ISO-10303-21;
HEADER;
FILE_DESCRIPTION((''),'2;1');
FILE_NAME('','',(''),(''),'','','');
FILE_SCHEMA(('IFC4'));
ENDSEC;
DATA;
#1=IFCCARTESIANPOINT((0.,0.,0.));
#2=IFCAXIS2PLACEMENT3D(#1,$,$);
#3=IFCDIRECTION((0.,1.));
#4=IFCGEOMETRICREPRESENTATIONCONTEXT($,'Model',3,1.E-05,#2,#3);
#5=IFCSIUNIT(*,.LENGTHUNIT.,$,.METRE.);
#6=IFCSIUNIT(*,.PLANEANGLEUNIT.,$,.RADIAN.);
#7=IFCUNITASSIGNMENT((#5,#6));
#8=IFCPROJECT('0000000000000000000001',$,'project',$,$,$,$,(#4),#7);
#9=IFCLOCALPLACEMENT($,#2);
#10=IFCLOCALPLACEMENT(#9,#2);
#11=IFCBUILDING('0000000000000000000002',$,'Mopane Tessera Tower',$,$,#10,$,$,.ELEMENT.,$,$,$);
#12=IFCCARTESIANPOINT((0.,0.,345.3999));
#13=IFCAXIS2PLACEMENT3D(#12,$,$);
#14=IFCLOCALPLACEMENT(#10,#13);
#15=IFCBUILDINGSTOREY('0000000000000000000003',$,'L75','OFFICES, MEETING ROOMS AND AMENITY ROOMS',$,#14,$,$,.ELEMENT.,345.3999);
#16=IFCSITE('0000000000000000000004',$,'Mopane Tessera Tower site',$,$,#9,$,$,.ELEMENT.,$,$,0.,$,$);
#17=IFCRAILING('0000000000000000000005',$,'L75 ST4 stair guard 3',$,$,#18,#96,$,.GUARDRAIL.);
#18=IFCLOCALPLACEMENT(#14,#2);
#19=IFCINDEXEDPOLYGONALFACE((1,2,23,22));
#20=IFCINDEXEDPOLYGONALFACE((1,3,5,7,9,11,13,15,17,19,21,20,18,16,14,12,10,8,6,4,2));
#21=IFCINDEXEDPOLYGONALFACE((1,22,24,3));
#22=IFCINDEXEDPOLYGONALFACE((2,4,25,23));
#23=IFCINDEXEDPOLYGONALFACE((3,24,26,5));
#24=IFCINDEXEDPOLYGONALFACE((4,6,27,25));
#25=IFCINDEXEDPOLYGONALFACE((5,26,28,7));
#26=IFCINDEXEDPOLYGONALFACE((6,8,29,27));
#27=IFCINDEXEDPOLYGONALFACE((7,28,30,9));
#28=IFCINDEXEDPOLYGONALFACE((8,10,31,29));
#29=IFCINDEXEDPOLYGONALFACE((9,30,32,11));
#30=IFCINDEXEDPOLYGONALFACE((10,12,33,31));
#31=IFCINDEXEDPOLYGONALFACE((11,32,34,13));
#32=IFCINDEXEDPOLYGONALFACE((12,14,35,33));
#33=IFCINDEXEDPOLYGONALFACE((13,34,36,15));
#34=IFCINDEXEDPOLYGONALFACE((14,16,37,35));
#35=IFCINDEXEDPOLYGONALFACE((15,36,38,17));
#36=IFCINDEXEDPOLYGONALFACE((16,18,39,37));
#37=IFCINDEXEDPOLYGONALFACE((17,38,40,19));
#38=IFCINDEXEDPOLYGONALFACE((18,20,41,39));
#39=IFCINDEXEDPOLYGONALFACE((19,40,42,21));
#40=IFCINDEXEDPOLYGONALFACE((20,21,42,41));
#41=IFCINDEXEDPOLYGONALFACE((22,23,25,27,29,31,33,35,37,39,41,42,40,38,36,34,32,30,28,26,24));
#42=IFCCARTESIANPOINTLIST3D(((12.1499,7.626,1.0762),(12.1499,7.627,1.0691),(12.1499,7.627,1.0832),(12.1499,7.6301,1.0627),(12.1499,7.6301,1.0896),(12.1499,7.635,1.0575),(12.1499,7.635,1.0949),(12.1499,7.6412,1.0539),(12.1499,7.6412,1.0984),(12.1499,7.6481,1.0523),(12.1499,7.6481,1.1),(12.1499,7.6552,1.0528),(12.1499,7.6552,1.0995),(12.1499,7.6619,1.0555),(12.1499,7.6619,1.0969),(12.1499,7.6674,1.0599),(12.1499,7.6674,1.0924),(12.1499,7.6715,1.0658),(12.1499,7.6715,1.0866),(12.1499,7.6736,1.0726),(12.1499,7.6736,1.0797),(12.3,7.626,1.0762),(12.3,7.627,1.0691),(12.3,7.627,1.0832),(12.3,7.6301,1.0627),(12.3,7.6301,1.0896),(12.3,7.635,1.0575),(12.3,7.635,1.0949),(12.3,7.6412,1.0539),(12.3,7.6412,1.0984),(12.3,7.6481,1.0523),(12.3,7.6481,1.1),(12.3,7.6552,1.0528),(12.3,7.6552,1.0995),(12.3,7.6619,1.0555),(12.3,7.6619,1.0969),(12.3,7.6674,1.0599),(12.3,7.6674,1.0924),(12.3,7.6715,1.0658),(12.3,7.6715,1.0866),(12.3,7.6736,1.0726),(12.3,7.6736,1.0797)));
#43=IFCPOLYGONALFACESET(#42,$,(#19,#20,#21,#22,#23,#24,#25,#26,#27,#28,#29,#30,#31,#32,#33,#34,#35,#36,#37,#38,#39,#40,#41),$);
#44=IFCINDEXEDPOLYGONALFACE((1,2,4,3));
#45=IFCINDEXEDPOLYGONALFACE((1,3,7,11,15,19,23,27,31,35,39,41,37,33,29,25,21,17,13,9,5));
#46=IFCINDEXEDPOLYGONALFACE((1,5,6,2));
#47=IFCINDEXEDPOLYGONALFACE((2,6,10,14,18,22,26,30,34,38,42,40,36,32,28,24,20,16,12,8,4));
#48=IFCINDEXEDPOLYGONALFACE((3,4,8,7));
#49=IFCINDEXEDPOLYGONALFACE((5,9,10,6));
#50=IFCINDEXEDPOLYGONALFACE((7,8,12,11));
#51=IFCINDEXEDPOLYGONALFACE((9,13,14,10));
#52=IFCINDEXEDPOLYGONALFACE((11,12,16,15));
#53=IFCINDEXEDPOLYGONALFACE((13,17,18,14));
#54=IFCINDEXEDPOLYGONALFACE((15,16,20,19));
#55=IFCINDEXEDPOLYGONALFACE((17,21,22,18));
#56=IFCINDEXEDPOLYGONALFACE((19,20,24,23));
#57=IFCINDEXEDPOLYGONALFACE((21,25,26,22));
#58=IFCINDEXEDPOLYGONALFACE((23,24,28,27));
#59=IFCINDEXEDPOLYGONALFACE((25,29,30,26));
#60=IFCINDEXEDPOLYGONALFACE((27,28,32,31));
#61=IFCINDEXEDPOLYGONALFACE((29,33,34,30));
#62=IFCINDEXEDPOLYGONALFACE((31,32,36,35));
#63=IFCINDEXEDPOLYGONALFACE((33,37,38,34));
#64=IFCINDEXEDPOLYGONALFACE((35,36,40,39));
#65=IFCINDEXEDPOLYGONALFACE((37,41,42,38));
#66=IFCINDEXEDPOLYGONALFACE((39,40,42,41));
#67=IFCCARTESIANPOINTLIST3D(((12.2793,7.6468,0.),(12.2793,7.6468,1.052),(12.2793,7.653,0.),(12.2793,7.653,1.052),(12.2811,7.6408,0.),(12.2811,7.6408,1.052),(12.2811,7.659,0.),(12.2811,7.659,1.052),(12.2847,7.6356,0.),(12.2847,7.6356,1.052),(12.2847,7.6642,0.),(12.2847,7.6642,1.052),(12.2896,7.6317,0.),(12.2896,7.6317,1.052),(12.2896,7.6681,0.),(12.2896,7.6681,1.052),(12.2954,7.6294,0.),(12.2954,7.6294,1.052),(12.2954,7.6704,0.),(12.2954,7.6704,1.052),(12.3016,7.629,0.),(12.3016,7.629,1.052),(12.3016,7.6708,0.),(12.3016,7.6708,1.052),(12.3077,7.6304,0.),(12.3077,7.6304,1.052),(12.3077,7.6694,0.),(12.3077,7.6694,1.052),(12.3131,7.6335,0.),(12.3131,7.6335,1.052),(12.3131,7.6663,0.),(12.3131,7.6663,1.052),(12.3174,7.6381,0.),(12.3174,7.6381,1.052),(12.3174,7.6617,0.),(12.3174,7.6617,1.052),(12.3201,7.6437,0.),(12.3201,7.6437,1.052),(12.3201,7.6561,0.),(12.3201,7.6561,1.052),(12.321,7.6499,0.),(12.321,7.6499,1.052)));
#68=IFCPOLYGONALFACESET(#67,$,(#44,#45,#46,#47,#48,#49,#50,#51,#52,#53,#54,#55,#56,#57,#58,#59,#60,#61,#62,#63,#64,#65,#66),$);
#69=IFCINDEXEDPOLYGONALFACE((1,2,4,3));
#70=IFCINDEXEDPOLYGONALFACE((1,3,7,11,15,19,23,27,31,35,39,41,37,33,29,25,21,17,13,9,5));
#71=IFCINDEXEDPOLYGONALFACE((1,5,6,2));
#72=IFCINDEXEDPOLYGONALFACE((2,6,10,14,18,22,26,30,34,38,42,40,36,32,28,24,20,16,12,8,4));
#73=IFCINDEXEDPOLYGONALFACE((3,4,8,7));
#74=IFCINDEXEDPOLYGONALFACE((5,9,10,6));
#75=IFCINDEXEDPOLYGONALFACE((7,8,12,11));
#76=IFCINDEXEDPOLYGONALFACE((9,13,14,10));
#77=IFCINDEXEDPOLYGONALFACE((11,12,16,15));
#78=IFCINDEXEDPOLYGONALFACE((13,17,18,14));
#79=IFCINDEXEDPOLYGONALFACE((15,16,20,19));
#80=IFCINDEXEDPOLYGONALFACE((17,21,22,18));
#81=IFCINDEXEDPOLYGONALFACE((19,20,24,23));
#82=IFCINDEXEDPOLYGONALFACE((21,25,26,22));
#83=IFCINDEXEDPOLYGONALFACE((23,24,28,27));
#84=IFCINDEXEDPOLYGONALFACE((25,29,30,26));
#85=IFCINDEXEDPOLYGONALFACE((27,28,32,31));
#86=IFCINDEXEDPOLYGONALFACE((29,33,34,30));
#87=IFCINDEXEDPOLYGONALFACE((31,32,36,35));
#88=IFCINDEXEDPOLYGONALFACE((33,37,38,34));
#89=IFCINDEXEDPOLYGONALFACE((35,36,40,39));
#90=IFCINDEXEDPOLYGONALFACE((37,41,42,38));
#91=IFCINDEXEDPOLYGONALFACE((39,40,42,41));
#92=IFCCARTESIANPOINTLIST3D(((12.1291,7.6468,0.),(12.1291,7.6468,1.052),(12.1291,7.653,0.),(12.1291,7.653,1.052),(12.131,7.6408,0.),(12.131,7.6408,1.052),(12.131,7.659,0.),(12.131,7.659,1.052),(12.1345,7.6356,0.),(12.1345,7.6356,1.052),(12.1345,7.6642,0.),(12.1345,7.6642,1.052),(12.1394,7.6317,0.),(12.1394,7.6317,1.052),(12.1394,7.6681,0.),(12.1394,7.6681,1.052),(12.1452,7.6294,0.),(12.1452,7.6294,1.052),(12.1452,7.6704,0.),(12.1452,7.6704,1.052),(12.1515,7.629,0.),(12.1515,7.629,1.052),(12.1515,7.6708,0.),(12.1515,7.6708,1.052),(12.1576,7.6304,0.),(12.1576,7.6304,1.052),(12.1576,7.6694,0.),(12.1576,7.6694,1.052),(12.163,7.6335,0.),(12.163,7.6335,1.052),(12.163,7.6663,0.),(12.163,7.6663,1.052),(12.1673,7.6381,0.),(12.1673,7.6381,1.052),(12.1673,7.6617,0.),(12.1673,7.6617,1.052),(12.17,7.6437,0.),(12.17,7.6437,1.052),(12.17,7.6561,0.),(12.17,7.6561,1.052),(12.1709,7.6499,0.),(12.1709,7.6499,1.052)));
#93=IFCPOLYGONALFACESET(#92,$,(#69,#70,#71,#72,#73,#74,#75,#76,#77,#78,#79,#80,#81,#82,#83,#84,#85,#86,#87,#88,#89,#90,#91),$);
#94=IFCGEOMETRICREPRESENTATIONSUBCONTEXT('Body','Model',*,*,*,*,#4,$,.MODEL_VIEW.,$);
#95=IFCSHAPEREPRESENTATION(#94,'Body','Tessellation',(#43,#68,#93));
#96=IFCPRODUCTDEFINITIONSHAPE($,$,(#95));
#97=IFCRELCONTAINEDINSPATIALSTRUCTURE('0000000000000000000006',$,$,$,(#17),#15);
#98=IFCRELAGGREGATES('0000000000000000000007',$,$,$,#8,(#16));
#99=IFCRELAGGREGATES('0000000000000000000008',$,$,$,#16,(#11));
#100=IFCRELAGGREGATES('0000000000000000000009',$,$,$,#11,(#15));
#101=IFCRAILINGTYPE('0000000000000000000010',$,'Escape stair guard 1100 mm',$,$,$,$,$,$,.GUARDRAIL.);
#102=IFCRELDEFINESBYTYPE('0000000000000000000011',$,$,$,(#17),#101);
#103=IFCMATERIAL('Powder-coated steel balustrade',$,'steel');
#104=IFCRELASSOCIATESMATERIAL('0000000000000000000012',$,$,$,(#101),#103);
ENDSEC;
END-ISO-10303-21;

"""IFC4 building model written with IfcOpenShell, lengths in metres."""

from ifc_helpers import new_model, si_unit, direction, frame, origin, origin_2d, place, context, subcontext, project, spatial, circle, extrude, material, type_object, element, save


model = new_model("IFC4")

# Units and contexts
model_context = context("Model", 3, precision=1e-05, world=origin(), true_north=direction((0.0, 1.0)))
body_context = subcontext(model_context, "Body", "Model", "MODEL_VIEW")
ifc_project = project(units=[si_unit("LENGTHUNIT", "METRE"), si_unit("PLANEANGLEUNIT", "RADIAN")], contexts=[model_context])

# Site, building, storey
site_placement = place(None, origin())
site = spatial("IfcSite", under=ifc_project, at=site_placement, Name="Mopane Tessera Tower site", CompositionType="ELEMENT", RefElevation=0.0)
building_placement = place(site_placement, origin())
building = spatial("IfcBuilding", under=site, at=building_placement, Name="Mopane Tessera Tower", CompositionType="ELEMENT")
storey_placement = place(building_placement, frame((0.0, 0.0, 345.3999)))
storey = spatial("IfcBuildingStorey", under=building, at=storey_placement, Name="L75", Description="OFFICES, MEETING ROOMS AND AMENITY ROOMS", CompositionType="ELEMENT", Elevation=345.3999)

# Railing
ifc_material_1 = material(Name="Powder-coated steel balustrade", Category="steel")
railing_type_1 = type_object("IfcRailingType", Name="Escape stair guard 1100 mm", PredefinedType="GUARDRAIL", material=ifc_material_1)
railing_1_placement = place(storey_placement, frame((12.3, 7.6499, 0.0)))
element("IfcRailing", 1, at=railing_1_placement, inside=storey, type_object=railing_type_1, Name="L75 ST4 stair guard 3", PredefinedType="GUARDRAIL", context=body_context, shape_type="SweptSolid", body=[
    extrude(circle(Radius=0.0239, at=origin_2d()), frame((0.0, 0.0, 1.0762), z_axis=(-1.0, 0.0, 0.0), x_axis=(0.0, -1.0, 0.0)), (0.0, 0.0, 1.0), 0.1501),
    extrude(circle(Radius=0.021, at=origin_2d()), origin(), (0.0, 0.0, 1.0), 1.052),
    extrude(circle(Radius=0.021, at=origin_2d()), frame((-0.1501, 0.0, 0.0)), (0.0, 0.0, 1.0), 1.052),
])

save(model, "model.ifc")
